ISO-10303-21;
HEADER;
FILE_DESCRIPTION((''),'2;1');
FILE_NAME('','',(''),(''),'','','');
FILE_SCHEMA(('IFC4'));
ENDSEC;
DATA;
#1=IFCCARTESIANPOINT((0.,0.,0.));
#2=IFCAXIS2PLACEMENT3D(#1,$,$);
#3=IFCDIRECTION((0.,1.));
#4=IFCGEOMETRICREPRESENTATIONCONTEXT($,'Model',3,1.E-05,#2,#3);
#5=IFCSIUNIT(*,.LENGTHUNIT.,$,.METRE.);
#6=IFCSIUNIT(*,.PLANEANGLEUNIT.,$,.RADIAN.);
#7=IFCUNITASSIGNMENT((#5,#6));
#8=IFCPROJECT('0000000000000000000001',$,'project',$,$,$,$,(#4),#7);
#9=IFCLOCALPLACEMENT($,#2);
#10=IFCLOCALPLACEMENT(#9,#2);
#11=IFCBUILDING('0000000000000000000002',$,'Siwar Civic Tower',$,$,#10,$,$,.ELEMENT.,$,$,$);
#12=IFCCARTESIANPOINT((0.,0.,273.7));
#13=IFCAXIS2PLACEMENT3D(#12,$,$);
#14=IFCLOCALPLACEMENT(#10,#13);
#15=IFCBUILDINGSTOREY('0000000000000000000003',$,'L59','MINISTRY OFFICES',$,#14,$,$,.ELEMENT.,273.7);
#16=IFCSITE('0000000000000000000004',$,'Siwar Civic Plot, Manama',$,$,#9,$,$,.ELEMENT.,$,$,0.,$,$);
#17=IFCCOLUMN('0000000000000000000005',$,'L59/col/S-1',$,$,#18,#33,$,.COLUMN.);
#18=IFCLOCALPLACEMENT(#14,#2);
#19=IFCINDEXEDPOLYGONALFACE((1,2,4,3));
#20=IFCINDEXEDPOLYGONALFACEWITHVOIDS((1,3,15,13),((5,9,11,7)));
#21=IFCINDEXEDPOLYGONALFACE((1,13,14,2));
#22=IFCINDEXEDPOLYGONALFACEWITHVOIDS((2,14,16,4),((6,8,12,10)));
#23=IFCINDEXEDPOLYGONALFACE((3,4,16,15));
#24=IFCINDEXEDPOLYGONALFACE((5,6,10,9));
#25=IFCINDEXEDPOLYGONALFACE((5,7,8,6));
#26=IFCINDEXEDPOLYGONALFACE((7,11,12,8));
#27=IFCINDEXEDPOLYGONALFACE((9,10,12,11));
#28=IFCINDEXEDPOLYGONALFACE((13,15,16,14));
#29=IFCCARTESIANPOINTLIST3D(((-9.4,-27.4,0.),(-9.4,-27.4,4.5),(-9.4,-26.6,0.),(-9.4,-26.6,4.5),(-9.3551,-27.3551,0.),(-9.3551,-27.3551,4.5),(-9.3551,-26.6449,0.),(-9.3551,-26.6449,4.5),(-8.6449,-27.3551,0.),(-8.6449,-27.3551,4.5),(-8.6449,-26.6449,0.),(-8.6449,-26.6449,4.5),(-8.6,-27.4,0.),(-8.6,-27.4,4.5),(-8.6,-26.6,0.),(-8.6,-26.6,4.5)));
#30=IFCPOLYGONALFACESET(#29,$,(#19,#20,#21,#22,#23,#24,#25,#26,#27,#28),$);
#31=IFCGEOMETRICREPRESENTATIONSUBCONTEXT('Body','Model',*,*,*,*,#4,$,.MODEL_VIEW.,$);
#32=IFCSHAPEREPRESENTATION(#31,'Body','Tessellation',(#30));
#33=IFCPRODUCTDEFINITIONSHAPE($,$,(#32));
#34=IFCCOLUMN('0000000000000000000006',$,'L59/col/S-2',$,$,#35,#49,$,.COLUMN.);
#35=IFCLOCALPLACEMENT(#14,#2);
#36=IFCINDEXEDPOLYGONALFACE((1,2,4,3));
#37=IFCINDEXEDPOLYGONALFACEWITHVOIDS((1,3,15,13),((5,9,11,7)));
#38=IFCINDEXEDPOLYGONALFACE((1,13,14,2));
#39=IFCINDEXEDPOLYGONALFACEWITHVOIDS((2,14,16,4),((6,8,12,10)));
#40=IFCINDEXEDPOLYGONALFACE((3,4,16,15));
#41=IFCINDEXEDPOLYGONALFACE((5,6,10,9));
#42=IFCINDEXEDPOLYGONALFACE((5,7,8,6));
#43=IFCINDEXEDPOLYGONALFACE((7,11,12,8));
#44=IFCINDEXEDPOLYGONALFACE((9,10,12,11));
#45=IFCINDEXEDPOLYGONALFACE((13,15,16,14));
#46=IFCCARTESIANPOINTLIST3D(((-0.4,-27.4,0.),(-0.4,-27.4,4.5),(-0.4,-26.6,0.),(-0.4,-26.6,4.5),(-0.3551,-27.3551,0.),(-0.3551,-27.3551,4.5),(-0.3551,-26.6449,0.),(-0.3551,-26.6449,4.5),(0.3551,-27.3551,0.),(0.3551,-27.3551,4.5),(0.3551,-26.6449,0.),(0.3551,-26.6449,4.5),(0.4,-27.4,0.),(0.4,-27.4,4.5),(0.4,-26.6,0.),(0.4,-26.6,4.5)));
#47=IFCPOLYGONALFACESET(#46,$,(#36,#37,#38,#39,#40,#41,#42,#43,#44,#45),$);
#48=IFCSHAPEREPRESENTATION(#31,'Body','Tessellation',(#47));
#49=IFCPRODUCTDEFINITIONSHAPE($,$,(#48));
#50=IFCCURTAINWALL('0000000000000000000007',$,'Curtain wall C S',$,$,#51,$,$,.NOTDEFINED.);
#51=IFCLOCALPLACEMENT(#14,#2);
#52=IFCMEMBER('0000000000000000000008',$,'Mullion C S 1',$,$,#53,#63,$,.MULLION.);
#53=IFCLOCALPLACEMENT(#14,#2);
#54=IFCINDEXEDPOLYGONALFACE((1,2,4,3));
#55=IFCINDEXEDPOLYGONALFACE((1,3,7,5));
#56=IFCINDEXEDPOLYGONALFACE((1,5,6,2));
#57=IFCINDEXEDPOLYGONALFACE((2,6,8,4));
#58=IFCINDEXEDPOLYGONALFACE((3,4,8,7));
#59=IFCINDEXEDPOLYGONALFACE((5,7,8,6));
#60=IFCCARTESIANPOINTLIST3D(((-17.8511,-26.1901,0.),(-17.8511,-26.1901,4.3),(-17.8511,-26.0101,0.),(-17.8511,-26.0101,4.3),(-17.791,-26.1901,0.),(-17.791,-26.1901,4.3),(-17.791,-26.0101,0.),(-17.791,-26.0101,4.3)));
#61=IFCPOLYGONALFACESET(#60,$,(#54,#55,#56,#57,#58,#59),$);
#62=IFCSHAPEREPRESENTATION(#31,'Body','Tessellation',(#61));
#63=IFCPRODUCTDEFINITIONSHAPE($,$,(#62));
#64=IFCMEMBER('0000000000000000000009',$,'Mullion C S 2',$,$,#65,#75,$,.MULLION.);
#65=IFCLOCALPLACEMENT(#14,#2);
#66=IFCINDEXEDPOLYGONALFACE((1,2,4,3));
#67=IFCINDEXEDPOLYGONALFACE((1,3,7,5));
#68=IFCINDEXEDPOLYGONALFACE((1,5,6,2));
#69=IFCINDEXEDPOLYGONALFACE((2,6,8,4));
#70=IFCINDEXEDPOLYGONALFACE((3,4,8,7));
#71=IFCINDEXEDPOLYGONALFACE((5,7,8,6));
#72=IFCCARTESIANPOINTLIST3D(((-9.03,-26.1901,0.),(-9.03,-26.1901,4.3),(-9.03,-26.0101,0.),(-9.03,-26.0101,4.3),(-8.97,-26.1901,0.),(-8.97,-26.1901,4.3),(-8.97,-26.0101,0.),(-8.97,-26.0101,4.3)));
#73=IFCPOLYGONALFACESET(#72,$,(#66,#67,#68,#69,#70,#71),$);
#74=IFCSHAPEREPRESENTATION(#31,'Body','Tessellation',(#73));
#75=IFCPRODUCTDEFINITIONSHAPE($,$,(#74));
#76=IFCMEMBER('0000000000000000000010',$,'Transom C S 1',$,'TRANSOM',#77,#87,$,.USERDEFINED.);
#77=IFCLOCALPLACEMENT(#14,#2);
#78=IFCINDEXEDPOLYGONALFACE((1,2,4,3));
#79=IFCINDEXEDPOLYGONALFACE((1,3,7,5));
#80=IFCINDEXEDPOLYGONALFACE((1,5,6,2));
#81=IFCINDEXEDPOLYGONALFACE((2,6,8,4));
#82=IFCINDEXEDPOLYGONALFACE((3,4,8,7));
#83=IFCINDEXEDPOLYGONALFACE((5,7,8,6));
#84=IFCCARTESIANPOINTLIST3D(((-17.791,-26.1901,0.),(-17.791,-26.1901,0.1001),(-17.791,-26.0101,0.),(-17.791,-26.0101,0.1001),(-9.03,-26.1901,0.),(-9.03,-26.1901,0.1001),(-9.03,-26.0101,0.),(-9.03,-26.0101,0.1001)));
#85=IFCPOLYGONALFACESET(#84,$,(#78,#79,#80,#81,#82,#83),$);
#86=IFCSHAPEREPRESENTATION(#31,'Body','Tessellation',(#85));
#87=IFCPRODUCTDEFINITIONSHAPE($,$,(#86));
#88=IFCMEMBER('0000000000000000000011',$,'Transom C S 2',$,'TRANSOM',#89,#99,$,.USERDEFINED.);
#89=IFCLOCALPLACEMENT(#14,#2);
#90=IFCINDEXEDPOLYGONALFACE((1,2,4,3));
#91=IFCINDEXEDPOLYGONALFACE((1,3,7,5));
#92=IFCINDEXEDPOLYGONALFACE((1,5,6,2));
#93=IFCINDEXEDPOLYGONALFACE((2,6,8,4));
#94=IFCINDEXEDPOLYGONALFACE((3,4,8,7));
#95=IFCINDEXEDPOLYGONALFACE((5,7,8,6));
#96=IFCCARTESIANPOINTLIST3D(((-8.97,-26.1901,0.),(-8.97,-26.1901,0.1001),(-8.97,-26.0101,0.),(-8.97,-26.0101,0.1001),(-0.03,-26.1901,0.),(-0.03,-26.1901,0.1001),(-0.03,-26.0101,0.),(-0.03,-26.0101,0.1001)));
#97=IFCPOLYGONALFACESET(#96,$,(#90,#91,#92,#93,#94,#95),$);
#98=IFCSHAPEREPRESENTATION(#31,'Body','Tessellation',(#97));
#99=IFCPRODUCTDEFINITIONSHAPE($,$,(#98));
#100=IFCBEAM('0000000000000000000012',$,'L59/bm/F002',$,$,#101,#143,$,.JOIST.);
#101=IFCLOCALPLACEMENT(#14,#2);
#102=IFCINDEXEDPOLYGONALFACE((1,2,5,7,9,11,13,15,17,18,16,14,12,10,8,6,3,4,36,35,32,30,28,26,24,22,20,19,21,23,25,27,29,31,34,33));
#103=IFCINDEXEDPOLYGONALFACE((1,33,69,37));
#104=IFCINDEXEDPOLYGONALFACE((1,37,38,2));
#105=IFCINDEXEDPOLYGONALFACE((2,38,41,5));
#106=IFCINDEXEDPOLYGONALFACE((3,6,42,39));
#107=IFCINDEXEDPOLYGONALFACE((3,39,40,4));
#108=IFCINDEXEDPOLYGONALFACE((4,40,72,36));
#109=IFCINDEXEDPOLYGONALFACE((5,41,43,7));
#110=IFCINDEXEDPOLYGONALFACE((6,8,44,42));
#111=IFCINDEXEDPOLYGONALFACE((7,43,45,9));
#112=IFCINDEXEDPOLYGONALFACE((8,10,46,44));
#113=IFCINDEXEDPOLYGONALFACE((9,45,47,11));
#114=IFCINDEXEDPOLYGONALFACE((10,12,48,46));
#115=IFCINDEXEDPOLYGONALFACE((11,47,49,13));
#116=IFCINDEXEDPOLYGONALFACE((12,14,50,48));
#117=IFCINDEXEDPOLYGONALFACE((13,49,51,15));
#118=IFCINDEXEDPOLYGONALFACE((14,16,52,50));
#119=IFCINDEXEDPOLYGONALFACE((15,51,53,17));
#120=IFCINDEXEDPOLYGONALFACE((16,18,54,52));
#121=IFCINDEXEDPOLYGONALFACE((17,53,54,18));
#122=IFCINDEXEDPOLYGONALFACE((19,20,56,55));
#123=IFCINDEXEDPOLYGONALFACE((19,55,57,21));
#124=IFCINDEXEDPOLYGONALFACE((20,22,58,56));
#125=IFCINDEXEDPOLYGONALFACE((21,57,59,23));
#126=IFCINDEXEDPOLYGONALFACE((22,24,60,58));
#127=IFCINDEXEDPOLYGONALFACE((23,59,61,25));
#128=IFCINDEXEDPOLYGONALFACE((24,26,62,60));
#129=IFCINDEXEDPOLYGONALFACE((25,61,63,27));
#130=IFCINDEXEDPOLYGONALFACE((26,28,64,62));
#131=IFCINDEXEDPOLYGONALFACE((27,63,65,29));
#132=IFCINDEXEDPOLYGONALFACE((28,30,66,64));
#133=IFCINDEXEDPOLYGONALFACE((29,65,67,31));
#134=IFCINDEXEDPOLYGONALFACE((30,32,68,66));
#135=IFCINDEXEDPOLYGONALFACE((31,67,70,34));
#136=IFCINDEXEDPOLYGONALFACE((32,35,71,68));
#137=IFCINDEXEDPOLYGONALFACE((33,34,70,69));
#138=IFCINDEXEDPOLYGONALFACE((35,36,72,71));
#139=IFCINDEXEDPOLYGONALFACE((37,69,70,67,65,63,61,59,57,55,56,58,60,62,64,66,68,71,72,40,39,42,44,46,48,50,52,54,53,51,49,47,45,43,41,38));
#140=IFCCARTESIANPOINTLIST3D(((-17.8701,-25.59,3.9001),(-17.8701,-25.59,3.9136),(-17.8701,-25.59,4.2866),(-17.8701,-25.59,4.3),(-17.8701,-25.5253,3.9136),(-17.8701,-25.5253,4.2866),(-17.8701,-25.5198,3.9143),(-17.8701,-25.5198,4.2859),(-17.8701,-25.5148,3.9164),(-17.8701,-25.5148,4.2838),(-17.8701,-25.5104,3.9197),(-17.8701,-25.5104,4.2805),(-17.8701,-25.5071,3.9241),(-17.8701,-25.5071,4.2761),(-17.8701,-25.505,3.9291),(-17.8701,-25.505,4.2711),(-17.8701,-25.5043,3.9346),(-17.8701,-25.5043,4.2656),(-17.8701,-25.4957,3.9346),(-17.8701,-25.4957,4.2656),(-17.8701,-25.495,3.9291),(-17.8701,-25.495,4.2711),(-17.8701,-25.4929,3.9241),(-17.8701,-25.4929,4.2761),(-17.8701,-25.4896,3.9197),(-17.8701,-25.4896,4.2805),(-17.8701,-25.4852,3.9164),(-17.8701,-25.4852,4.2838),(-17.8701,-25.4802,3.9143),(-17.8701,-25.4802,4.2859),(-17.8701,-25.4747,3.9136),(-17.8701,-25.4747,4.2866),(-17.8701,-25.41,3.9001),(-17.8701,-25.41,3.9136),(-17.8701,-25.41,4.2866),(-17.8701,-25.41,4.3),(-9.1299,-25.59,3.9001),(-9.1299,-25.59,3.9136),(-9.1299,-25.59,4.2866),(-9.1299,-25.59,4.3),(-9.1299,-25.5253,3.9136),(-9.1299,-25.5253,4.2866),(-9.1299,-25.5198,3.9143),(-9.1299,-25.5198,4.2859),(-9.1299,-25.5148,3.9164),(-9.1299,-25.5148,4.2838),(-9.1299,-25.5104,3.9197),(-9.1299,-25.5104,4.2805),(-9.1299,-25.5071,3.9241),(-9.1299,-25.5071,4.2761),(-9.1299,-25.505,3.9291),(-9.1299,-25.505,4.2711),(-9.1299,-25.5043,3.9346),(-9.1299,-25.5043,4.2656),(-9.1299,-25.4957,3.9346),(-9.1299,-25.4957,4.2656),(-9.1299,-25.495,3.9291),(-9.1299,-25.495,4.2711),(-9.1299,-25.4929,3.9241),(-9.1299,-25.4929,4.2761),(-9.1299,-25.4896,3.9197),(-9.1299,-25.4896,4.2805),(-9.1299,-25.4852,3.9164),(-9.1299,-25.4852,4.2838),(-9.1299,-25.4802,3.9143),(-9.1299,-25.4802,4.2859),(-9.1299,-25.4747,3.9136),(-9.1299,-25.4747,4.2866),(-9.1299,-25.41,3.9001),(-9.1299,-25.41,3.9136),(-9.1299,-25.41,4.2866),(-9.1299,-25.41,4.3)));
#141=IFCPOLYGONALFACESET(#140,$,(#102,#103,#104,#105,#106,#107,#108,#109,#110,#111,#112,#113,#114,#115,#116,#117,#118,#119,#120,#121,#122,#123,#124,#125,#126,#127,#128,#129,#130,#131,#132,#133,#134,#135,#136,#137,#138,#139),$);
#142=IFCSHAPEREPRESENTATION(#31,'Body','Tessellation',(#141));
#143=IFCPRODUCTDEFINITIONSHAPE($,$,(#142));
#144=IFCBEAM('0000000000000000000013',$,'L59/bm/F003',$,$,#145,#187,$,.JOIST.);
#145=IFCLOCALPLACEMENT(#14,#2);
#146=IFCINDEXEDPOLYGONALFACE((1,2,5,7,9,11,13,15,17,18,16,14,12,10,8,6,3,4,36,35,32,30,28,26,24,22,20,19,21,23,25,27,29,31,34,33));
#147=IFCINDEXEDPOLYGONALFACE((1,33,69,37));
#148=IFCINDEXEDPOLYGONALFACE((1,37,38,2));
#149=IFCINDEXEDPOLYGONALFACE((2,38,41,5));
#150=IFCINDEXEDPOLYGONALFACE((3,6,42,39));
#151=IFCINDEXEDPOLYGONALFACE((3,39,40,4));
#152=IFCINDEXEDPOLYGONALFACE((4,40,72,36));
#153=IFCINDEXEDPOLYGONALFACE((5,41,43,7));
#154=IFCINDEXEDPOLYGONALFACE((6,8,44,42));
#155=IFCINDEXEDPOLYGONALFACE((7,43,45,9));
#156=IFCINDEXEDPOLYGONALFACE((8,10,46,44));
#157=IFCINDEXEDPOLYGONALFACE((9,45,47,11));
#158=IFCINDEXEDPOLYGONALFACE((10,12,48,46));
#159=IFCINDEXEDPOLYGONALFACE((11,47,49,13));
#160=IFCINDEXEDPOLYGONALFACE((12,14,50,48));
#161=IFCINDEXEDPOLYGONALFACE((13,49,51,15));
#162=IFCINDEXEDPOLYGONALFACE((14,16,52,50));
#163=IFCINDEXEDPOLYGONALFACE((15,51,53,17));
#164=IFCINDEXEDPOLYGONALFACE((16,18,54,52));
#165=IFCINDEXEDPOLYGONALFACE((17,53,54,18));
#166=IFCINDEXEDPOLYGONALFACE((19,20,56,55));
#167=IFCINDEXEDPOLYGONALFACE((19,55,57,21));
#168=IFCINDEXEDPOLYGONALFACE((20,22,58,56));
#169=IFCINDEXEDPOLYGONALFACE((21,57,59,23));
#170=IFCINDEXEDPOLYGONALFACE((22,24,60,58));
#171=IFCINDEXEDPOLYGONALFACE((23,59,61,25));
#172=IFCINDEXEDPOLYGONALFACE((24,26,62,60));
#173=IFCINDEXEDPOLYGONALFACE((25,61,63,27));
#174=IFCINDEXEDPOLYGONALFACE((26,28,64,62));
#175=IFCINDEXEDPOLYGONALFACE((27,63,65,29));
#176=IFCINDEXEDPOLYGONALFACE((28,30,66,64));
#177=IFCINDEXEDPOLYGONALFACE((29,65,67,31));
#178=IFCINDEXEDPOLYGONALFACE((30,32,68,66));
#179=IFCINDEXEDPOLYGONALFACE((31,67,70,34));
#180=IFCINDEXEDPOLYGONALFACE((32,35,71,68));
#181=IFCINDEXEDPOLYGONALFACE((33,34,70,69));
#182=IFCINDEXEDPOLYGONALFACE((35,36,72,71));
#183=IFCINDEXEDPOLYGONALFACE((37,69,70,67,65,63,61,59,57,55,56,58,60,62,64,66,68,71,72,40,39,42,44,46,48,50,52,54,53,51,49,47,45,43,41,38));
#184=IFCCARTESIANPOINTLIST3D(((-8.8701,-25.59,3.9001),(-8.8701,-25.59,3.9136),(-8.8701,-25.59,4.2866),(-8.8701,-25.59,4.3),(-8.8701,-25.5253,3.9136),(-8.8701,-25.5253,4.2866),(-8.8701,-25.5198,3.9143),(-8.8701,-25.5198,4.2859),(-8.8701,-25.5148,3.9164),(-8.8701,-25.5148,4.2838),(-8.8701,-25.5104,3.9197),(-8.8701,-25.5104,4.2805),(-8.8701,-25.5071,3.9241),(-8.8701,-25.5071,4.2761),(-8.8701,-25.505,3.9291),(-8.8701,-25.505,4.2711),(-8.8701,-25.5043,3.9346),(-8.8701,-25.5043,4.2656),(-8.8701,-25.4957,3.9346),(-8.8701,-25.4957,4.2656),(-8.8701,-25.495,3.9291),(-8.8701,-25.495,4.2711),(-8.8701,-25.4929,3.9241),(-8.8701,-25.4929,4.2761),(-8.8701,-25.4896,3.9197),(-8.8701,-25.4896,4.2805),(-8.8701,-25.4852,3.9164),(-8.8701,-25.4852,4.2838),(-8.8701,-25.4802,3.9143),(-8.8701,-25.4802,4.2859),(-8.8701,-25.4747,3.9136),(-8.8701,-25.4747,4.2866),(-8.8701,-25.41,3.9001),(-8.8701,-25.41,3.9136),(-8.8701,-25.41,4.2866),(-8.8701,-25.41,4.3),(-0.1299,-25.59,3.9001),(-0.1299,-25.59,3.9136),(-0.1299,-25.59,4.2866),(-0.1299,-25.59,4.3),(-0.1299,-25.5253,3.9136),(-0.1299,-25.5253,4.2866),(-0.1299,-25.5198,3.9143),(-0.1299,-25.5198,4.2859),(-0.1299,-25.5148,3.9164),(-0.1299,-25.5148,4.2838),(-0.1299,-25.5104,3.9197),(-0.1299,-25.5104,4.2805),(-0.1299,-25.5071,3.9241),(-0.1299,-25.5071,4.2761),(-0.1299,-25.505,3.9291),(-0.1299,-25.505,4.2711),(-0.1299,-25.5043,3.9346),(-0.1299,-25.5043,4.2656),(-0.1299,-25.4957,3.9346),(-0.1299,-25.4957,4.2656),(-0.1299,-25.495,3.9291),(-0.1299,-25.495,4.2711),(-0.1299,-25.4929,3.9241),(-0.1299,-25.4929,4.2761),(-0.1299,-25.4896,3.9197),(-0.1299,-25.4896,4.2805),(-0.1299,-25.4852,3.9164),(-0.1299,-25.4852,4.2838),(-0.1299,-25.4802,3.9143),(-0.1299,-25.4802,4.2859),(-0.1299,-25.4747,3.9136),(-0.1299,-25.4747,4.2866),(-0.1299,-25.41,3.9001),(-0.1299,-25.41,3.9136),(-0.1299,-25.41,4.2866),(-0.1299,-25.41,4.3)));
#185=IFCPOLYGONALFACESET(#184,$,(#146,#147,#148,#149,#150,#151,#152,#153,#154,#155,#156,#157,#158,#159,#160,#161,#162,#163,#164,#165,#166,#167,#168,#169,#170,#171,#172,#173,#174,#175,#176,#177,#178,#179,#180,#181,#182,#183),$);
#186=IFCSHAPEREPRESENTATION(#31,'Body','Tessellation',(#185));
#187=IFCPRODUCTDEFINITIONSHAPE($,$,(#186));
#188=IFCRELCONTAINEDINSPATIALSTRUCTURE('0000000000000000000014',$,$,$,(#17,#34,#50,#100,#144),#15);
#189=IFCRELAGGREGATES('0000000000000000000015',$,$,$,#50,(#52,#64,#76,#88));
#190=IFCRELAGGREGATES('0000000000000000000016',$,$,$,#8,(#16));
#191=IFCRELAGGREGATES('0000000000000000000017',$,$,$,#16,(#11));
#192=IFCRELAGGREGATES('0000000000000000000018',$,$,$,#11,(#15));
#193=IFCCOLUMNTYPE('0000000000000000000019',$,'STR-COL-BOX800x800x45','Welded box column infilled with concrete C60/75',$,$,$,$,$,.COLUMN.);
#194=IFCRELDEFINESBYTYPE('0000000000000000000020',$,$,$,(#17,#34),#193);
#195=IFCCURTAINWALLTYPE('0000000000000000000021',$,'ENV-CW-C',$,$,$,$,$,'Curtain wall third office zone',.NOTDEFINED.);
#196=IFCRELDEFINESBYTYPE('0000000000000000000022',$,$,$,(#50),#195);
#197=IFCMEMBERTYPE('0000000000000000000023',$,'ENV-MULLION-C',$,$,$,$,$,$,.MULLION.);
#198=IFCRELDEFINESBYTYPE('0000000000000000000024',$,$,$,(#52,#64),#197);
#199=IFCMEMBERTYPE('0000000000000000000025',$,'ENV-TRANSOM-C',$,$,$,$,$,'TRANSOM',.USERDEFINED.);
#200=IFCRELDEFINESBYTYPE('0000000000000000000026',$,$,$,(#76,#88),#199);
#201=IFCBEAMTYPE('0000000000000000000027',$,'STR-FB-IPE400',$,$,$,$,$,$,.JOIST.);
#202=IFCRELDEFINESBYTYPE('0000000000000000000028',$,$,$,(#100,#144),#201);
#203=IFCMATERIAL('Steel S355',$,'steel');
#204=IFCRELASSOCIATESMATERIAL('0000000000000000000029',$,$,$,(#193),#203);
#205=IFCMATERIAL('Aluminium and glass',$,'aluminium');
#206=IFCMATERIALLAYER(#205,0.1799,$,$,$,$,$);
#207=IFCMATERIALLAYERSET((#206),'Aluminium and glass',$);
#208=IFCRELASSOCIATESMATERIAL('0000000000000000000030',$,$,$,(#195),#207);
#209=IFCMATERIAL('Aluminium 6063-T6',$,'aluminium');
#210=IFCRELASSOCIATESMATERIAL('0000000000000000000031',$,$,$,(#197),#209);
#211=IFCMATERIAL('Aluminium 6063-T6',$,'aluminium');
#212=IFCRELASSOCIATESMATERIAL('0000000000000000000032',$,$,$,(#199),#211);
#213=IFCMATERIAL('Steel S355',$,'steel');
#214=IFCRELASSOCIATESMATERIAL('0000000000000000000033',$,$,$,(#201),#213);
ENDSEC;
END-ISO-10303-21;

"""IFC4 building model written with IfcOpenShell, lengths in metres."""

from ifc_helpers import new_model, si_unit, direction, frame, origin, origin_2d, place, context, subcontext, project, spatial, rectangle, hollow_rectangle, i_section, extrude, material, layer, layer_set, material_profile, profile_set, type_object, element, aggregate, save


model = new_model("IFC4")

# Units and contexts
model_context = context("Model", 3, precision=1e-05, world=origin(), true_north=direction((0.0, 1.0)))
body_context = subcontext(model_context, "Body", "Model", "MODEL_VIEW")
ifc_project = project(units=[si_unit("LENGTHUNIT", "METRE"), si_unit("PLANEANGLEUNIT", "RADIAN")], contexts=[model_context])

# Site, building, storey
site_placement = place(None, origin())
site = spatial("IfcSite", under=ifc_project, at=site_placement, Name="Siwar Civic Plot, Manama", CompositionType="ELEMENT", RefElevation=0.0)
building_placement = place(site_placement, origin())
building = spatial("IfcBuilding", under=site, at=building_placement, Name="Siwar Civic Tower", CompositionType="ELEMENT")
storey_placement = place(building_placement, frame((0.0, 0.0, 273.7)))
storey = spatial("IfcBuildingStorey", under=building, at=storey_placement, Name="L59", Description="MINISTRY OFFICES", CompositionType="ELEMENT", Elevation=273.7)

# Columns
ifc_material_1 = material(Name="Steel S355", Category="steel")
ifc_material_profile_1 = material_profile(ifc_material_1, hollow_rectangle(XDim=0.8, YDim=0.8, WallThickness=0.0449, at=origin_2d()), Name="BOX800x800x45")
ifc_profile_set_1 = profile_set([ifc_material_profile_1], Name="Steel S355")
column_type = type_object("IfcColumnType", Name="STR-COL-BOX800x800x45", Description="Welded box column infilled with concrete C60/75", PredefinedType="COLUMN", material=ifc_profile_set_1)
for number, where, z_axis, x_axis, name in (
    (1, (-9.0, -27.0, 0.0), (0.0, 0.0, 1.0), (1.0, 0.0, 0.0), "L59/col/S-1"),
    (2, (0.0, -27.0, 0.0), (0.0, 0.0, 1.0), (1.0, 0.0, 0.0), "L59/col/S-2"),
):
    element("IfcColumn", number, at=place(storey_placement, frame(where, z_axis=z_axis, x_axis=x_axis)), inside=storey, type_object=column_type, Name=name, PredefinedType="COLUMN", context=body_context, shape_type="SweptSolid", body=[
        extrude(hollow_rectangle(XDim=0.8, YDim=0.8, WallThickness=0.0449, at=origin_2d()), origin(), (0.0, 0.0, 1.0), 4.5),
    ])

# Curtain wall, members
ifc_material_2 = material(Name="Aluminium and glass", Category="aluminium")
ifc_layer_1 = layer(ifc_material_2, 0.1799)
ifc_layer_set_1 = layer_set([ifc_layer_1], Name="Aluminium and glass")
curtain_wall_type = type_object("IfcCurtainWallType", Name="ENV-CW-C", ElementType="Curtain wall third office zone", PredefinedType="NOTDEFINED", material=ifc_layer_set_1)
curtain_wall_placement = place(storey_placement, origin())
curtain_wall = element("IfcCurtainWall", 3, at=curtain_wall_placement, inside=storey, type_object=curtain_wall_type, Name="Curtain wall C S", PredefinedType="NOTDEFINED")
ifc_material_3 = material(Name="Aluminium 6063-T6", Category="aluminium")
ifc_material_profile_2 = material_profile(ifc_material_3, rectangle(XDim=0.1799, YDim=0.0601, at=origin_2d()), Name="AL 180x60")
ifc_profile_set_2 = profile_set([ifc_material_profile_2], Name="Aluminium 6063-T6")
member_type_1 = type_object("IfcMemberType", Name="ENV-MULLION-C", PredefinedType="MULLION", material=ifc_profile_set_2)
member_1_placement = place(storey_placement, frame((-17.821, -26.1001, 0.0), z_axis=(0.0, 0.0, 1.0), x_axis=(0.0, 1.0, 0.0)))
member_1 = element("IfcMember", 4, at=member_1_placement, type_object=member_type_1, Name="Mullion C S 1", PredefinedType="MULLION", context=body_context, shape_type="SweptSolid", body=[
    extrude(rectangle(XDim=0.1799, YDim=0.0601, at=origin_2d()), origin(), (0.0, 0.0, 1.0), 4.3),
])
member_2_placement = place(storey_placement, frame((-9.0, -26.1001, 0.0), z_axis=(0.0, 0.0, 1.0), x_axis=(0.0, 1.0, 0.0)))
member_2 = element("IfcMember", 5, at=member_2_placement, type_object=member_type_1, Name="Mullion C S 2", PredefinedType="MULLION", context=body_context, shape_type="SweptSolid", body=[
    extrude(rectangle(XDim=0.1799, YDim=0.0601, at=origin_2d()), origin(), (0.0, 0.0, 1.0), 4.3),
])
ifc_material_4 = material(Name="Aluminium 6063-T6", Category="aluminium")
ifc_material_profile_3 = material_profile(ifc_material_4, rectangle(XDim=0.1799, YDim=0.1001, at=origin_2d()), Name="AL 180x100")
ifc_profile_set_3 = profile_set([ifc_material_profile_3], Name="Aluminium 6063-T6")
member_type_2 = type_object("IfcMemberType", Name="ENV-TRANSOM-C", ElementType="TRANSOM", PredefinedType="USERDEFINED", material=ifc_profile_set_3)
member_3_placement = place(storey_placement, frame((-17.791, -26.1001, 0.05), z_axis=(1.0, 0.0, 0.0), x_axis=(0.0, 1.0, 0.0)))
member_3 = element("IfcMember", 6, at=member_3_placement, type_object=member_type_2, Name="Transom C S 1", ObjectType="TRANSOM", PredefinedType="USERDEFINED", context=body_context, shape_type="SweptSolid", body=[
    extrude(rectangle(XDim=0.1799, YDim=0.1001, at=origin_2d()), origin(), (0.0, 0.0, 1.0), 8.761),
])
member_4_placement = place(storey_placement, frame((-8.97, -26.1001, 0.05), z_axis=(1.0, 0.0, 0.0), x_axis=(0.0, 1.0, 0.0)))
member_4 = element("IfcMember", 7, at=member_4_placement, type_object=member_type_2, Name="Transom C S 2", ObjectType="TRANSOM", PredefinedType="USERDEFINED", context=body_context, shape_type="SweptSolid", body=[
    extrude(rectangle(XDim=0.1799, YDim=0.1001, at=origin_2d()), origin(), (0.0, 0.0, 1.0), 8.9399),
])

# Beams
ifc_material_5 = material(Name="Steel S355", Category="steel")
ifc_material_profile_4 = material_profile(ifc_material_5, i_section(OverallWidth=0.1799, OverallDepth=0.3999, WebThickness=0.0085, FlangeThickness=0.0134, FilletRadius=0.021, at=origin_2d()), Name="IPE400")
ifc_profile_set_4 = profile_set([ifc_material_profile_4], Name="Steel S355")
beam_type_1 = type_object("IfcBeamType", Name="STR-FB-IPE400", PredefinedType="JOIST", material=ifc_profile_set_4)
for number, where, z_axis, x_axis, name in (
    (8, (-17.8701, -25.5, 4.1001), (1.0, 0.0, 0.0), (0.0, 1.0, 0.0), "L59/bm/F002"),
    (9, (-8.8701, -25.5, 4.1001), (1.0, 0.0, 0.0), (0.0, 1.0, 0.0), "L59/bm/F003"),
):
    element("IfcBeam", number, at=place(storey_placement, frame(where, z_axis=z_axis, x_axis=x_axis)), inside=storey, type_object=beam_type_1, Name=name, PredefinedType="JOIST", context=body_context, shape_type="SweptSolid", body=[
        extrude(i_section(OverallWidth=0.1799, OverallDepth=0.3999, WebThickness=0.0085, FlangeThickness=0.0134, FilletRadius=0.021, at=origin_2d()), origin(), (0.0, 0.0, 1.0), 8.7402),
    ])

aggregate(curtain_wall, [member_1, member_2, member_3, member_4])

save(model, "model.ifc")
